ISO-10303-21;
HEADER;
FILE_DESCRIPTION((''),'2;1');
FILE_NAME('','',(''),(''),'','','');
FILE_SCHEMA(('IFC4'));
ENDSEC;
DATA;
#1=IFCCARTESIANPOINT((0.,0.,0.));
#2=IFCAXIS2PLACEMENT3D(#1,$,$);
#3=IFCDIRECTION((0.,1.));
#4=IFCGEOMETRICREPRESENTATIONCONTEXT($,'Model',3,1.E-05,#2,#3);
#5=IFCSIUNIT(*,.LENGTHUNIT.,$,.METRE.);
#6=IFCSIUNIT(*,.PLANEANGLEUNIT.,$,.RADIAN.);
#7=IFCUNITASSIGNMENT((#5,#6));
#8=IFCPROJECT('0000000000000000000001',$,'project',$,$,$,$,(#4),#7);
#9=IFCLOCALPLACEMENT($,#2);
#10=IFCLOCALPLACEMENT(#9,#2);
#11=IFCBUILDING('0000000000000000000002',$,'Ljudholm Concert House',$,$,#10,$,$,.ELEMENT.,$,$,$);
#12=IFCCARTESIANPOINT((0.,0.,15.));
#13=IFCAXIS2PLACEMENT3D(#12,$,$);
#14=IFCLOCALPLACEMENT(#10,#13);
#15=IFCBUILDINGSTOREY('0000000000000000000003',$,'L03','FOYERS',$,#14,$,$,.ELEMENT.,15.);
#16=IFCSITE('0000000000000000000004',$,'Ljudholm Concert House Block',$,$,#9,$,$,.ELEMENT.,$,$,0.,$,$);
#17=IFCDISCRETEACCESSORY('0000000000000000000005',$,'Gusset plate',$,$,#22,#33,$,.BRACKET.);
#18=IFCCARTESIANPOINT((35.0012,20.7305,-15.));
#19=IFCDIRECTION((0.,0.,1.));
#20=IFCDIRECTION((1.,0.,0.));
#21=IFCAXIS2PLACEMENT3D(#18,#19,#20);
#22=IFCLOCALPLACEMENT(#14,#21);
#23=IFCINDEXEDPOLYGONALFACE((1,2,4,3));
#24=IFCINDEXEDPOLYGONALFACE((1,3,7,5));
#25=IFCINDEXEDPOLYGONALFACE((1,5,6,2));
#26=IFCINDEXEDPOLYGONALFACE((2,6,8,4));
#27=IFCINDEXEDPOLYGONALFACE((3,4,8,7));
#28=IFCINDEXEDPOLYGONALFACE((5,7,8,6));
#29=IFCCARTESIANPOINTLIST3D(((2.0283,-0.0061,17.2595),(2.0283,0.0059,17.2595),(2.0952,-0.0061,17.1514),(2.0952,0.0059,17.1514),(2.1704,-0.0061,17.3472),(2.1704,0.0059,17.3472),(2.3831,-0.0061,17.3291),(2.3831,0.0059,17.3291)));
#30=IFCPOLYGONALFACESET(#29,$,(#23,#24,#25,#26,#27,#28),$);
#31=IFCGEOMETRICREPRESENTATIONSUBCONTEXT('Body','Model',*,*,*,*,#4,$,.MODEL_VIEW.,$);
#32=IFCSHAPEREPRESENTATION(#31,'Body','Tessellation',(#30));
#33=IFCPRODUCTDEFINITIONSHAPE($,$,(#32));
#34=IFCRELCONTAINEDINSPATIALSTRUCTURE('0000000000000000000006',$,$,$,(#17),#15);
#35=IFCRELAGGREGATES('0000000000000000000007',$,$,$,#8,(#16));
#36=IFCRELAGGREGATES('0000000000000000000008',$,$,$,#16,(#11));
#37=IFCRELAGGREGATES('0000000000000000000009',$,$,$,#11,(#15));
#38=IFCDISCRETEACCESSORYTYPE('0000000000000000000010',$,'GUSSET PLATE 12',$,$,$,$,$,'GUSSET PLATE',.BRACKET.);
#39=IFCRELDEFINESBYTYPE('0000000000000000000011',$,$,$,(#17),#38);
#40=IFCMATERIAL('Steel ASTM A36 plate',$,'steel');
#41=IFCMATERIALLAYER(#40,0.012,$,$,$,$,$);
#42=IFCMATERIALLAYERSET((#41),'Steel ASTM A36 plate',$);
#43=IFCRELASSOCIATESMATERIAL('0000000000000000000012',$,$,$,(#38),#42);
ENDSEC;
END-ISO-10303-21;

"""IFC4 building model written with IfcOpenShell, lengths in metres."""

from ifc_helpers import new_model, si_unit, direction, frame, origin, place, context, subcontext, project, spatial, polyline, outline, extrude, material, layer, layer_set, type_object, element, save


model = new_model("IFC4")

# Units and contexts
model_context = context("Model", 3, precision=1e-05, world=origin(), true_north=direction((0.0, 1.0)))
body_context = subcontext(model_context, "Body", "Model", "MODEL_VIEW")
ifc_project = project(units=[si_unit("LENGTHUNIT", "METRE"), si_unit("PLANEANGLEUNIT", "RADIAN")], contexts=[model_context])

# Site, building, storey
site_placement = place(None, origin())
site = spatial("IfcSite", under=ifc_project, at=site_placement, Name="Ljudholm Concert House Block", CompositionType="ELEMENT", RefElevation=0.0)
building_placement = place(site_placement, origin())
building = spatial("IfcBuilding", under=site, at=building_placement, Name="Ljudholm Concert House", CompositionType="ELEMENT")
storey_placement = place(building_placement, frame((0.0, 0.0, 15.0)))
storey = spatial("IfcBuildingStorey", under=building, at=storey_placement, Name="L03", Description="FOYERS", CompositionType="ELEMENT", Elevation=15.0)

# Discrete accessory
ifc_material_1 = material(Name="Steel ASTM A36 plate", Category="steel")
ifc_layer_1 = layer(ifc_material_1, 0.012)
ifc_layer_set_1 = layer_set([ifc_layer_1], Name="Steel ASTM A36 plate")
discrete_accessory_type_1 = type_object("IfcDiscreteAccessoryType", Name="GUSSET PLATE 12", ElementType="GUSSET PLATE", PredefinedType="BRACKET", material=ifc_layer_set_1)
discrete_accessory_1_placement = place(storey_placement, frame((35.0012, 20.7305, -15.0), z_axis=(0.0, 0.0, 1.0), x_axis=(1.0, 0.0, 0.0)))
element("IfcDiscreteAccessory", 1, at=discrete_accessory_1_placement, inside=storey, type_object=discrete_accessory_type_1, Name="Gusset plate", PredefinedType="BRACKET", context=body_context, shape_type="SweptSolid", body=[
    extrude(outline(polyline([(2.0283, 17.2595), (2.1704, 17.3472), (2.3831, 17.3291), (2.0952, 17.1514), (2.0283, 17.2595)])), frame((0.0, 0.0059, 0.0), z_axis=(0.0, -1.0, 0.0), x_axis=(1.0, 0.0, 0.0)), (0.0, 0.0, 1.0), 0.012),
])

save(model, "model.ifc")
